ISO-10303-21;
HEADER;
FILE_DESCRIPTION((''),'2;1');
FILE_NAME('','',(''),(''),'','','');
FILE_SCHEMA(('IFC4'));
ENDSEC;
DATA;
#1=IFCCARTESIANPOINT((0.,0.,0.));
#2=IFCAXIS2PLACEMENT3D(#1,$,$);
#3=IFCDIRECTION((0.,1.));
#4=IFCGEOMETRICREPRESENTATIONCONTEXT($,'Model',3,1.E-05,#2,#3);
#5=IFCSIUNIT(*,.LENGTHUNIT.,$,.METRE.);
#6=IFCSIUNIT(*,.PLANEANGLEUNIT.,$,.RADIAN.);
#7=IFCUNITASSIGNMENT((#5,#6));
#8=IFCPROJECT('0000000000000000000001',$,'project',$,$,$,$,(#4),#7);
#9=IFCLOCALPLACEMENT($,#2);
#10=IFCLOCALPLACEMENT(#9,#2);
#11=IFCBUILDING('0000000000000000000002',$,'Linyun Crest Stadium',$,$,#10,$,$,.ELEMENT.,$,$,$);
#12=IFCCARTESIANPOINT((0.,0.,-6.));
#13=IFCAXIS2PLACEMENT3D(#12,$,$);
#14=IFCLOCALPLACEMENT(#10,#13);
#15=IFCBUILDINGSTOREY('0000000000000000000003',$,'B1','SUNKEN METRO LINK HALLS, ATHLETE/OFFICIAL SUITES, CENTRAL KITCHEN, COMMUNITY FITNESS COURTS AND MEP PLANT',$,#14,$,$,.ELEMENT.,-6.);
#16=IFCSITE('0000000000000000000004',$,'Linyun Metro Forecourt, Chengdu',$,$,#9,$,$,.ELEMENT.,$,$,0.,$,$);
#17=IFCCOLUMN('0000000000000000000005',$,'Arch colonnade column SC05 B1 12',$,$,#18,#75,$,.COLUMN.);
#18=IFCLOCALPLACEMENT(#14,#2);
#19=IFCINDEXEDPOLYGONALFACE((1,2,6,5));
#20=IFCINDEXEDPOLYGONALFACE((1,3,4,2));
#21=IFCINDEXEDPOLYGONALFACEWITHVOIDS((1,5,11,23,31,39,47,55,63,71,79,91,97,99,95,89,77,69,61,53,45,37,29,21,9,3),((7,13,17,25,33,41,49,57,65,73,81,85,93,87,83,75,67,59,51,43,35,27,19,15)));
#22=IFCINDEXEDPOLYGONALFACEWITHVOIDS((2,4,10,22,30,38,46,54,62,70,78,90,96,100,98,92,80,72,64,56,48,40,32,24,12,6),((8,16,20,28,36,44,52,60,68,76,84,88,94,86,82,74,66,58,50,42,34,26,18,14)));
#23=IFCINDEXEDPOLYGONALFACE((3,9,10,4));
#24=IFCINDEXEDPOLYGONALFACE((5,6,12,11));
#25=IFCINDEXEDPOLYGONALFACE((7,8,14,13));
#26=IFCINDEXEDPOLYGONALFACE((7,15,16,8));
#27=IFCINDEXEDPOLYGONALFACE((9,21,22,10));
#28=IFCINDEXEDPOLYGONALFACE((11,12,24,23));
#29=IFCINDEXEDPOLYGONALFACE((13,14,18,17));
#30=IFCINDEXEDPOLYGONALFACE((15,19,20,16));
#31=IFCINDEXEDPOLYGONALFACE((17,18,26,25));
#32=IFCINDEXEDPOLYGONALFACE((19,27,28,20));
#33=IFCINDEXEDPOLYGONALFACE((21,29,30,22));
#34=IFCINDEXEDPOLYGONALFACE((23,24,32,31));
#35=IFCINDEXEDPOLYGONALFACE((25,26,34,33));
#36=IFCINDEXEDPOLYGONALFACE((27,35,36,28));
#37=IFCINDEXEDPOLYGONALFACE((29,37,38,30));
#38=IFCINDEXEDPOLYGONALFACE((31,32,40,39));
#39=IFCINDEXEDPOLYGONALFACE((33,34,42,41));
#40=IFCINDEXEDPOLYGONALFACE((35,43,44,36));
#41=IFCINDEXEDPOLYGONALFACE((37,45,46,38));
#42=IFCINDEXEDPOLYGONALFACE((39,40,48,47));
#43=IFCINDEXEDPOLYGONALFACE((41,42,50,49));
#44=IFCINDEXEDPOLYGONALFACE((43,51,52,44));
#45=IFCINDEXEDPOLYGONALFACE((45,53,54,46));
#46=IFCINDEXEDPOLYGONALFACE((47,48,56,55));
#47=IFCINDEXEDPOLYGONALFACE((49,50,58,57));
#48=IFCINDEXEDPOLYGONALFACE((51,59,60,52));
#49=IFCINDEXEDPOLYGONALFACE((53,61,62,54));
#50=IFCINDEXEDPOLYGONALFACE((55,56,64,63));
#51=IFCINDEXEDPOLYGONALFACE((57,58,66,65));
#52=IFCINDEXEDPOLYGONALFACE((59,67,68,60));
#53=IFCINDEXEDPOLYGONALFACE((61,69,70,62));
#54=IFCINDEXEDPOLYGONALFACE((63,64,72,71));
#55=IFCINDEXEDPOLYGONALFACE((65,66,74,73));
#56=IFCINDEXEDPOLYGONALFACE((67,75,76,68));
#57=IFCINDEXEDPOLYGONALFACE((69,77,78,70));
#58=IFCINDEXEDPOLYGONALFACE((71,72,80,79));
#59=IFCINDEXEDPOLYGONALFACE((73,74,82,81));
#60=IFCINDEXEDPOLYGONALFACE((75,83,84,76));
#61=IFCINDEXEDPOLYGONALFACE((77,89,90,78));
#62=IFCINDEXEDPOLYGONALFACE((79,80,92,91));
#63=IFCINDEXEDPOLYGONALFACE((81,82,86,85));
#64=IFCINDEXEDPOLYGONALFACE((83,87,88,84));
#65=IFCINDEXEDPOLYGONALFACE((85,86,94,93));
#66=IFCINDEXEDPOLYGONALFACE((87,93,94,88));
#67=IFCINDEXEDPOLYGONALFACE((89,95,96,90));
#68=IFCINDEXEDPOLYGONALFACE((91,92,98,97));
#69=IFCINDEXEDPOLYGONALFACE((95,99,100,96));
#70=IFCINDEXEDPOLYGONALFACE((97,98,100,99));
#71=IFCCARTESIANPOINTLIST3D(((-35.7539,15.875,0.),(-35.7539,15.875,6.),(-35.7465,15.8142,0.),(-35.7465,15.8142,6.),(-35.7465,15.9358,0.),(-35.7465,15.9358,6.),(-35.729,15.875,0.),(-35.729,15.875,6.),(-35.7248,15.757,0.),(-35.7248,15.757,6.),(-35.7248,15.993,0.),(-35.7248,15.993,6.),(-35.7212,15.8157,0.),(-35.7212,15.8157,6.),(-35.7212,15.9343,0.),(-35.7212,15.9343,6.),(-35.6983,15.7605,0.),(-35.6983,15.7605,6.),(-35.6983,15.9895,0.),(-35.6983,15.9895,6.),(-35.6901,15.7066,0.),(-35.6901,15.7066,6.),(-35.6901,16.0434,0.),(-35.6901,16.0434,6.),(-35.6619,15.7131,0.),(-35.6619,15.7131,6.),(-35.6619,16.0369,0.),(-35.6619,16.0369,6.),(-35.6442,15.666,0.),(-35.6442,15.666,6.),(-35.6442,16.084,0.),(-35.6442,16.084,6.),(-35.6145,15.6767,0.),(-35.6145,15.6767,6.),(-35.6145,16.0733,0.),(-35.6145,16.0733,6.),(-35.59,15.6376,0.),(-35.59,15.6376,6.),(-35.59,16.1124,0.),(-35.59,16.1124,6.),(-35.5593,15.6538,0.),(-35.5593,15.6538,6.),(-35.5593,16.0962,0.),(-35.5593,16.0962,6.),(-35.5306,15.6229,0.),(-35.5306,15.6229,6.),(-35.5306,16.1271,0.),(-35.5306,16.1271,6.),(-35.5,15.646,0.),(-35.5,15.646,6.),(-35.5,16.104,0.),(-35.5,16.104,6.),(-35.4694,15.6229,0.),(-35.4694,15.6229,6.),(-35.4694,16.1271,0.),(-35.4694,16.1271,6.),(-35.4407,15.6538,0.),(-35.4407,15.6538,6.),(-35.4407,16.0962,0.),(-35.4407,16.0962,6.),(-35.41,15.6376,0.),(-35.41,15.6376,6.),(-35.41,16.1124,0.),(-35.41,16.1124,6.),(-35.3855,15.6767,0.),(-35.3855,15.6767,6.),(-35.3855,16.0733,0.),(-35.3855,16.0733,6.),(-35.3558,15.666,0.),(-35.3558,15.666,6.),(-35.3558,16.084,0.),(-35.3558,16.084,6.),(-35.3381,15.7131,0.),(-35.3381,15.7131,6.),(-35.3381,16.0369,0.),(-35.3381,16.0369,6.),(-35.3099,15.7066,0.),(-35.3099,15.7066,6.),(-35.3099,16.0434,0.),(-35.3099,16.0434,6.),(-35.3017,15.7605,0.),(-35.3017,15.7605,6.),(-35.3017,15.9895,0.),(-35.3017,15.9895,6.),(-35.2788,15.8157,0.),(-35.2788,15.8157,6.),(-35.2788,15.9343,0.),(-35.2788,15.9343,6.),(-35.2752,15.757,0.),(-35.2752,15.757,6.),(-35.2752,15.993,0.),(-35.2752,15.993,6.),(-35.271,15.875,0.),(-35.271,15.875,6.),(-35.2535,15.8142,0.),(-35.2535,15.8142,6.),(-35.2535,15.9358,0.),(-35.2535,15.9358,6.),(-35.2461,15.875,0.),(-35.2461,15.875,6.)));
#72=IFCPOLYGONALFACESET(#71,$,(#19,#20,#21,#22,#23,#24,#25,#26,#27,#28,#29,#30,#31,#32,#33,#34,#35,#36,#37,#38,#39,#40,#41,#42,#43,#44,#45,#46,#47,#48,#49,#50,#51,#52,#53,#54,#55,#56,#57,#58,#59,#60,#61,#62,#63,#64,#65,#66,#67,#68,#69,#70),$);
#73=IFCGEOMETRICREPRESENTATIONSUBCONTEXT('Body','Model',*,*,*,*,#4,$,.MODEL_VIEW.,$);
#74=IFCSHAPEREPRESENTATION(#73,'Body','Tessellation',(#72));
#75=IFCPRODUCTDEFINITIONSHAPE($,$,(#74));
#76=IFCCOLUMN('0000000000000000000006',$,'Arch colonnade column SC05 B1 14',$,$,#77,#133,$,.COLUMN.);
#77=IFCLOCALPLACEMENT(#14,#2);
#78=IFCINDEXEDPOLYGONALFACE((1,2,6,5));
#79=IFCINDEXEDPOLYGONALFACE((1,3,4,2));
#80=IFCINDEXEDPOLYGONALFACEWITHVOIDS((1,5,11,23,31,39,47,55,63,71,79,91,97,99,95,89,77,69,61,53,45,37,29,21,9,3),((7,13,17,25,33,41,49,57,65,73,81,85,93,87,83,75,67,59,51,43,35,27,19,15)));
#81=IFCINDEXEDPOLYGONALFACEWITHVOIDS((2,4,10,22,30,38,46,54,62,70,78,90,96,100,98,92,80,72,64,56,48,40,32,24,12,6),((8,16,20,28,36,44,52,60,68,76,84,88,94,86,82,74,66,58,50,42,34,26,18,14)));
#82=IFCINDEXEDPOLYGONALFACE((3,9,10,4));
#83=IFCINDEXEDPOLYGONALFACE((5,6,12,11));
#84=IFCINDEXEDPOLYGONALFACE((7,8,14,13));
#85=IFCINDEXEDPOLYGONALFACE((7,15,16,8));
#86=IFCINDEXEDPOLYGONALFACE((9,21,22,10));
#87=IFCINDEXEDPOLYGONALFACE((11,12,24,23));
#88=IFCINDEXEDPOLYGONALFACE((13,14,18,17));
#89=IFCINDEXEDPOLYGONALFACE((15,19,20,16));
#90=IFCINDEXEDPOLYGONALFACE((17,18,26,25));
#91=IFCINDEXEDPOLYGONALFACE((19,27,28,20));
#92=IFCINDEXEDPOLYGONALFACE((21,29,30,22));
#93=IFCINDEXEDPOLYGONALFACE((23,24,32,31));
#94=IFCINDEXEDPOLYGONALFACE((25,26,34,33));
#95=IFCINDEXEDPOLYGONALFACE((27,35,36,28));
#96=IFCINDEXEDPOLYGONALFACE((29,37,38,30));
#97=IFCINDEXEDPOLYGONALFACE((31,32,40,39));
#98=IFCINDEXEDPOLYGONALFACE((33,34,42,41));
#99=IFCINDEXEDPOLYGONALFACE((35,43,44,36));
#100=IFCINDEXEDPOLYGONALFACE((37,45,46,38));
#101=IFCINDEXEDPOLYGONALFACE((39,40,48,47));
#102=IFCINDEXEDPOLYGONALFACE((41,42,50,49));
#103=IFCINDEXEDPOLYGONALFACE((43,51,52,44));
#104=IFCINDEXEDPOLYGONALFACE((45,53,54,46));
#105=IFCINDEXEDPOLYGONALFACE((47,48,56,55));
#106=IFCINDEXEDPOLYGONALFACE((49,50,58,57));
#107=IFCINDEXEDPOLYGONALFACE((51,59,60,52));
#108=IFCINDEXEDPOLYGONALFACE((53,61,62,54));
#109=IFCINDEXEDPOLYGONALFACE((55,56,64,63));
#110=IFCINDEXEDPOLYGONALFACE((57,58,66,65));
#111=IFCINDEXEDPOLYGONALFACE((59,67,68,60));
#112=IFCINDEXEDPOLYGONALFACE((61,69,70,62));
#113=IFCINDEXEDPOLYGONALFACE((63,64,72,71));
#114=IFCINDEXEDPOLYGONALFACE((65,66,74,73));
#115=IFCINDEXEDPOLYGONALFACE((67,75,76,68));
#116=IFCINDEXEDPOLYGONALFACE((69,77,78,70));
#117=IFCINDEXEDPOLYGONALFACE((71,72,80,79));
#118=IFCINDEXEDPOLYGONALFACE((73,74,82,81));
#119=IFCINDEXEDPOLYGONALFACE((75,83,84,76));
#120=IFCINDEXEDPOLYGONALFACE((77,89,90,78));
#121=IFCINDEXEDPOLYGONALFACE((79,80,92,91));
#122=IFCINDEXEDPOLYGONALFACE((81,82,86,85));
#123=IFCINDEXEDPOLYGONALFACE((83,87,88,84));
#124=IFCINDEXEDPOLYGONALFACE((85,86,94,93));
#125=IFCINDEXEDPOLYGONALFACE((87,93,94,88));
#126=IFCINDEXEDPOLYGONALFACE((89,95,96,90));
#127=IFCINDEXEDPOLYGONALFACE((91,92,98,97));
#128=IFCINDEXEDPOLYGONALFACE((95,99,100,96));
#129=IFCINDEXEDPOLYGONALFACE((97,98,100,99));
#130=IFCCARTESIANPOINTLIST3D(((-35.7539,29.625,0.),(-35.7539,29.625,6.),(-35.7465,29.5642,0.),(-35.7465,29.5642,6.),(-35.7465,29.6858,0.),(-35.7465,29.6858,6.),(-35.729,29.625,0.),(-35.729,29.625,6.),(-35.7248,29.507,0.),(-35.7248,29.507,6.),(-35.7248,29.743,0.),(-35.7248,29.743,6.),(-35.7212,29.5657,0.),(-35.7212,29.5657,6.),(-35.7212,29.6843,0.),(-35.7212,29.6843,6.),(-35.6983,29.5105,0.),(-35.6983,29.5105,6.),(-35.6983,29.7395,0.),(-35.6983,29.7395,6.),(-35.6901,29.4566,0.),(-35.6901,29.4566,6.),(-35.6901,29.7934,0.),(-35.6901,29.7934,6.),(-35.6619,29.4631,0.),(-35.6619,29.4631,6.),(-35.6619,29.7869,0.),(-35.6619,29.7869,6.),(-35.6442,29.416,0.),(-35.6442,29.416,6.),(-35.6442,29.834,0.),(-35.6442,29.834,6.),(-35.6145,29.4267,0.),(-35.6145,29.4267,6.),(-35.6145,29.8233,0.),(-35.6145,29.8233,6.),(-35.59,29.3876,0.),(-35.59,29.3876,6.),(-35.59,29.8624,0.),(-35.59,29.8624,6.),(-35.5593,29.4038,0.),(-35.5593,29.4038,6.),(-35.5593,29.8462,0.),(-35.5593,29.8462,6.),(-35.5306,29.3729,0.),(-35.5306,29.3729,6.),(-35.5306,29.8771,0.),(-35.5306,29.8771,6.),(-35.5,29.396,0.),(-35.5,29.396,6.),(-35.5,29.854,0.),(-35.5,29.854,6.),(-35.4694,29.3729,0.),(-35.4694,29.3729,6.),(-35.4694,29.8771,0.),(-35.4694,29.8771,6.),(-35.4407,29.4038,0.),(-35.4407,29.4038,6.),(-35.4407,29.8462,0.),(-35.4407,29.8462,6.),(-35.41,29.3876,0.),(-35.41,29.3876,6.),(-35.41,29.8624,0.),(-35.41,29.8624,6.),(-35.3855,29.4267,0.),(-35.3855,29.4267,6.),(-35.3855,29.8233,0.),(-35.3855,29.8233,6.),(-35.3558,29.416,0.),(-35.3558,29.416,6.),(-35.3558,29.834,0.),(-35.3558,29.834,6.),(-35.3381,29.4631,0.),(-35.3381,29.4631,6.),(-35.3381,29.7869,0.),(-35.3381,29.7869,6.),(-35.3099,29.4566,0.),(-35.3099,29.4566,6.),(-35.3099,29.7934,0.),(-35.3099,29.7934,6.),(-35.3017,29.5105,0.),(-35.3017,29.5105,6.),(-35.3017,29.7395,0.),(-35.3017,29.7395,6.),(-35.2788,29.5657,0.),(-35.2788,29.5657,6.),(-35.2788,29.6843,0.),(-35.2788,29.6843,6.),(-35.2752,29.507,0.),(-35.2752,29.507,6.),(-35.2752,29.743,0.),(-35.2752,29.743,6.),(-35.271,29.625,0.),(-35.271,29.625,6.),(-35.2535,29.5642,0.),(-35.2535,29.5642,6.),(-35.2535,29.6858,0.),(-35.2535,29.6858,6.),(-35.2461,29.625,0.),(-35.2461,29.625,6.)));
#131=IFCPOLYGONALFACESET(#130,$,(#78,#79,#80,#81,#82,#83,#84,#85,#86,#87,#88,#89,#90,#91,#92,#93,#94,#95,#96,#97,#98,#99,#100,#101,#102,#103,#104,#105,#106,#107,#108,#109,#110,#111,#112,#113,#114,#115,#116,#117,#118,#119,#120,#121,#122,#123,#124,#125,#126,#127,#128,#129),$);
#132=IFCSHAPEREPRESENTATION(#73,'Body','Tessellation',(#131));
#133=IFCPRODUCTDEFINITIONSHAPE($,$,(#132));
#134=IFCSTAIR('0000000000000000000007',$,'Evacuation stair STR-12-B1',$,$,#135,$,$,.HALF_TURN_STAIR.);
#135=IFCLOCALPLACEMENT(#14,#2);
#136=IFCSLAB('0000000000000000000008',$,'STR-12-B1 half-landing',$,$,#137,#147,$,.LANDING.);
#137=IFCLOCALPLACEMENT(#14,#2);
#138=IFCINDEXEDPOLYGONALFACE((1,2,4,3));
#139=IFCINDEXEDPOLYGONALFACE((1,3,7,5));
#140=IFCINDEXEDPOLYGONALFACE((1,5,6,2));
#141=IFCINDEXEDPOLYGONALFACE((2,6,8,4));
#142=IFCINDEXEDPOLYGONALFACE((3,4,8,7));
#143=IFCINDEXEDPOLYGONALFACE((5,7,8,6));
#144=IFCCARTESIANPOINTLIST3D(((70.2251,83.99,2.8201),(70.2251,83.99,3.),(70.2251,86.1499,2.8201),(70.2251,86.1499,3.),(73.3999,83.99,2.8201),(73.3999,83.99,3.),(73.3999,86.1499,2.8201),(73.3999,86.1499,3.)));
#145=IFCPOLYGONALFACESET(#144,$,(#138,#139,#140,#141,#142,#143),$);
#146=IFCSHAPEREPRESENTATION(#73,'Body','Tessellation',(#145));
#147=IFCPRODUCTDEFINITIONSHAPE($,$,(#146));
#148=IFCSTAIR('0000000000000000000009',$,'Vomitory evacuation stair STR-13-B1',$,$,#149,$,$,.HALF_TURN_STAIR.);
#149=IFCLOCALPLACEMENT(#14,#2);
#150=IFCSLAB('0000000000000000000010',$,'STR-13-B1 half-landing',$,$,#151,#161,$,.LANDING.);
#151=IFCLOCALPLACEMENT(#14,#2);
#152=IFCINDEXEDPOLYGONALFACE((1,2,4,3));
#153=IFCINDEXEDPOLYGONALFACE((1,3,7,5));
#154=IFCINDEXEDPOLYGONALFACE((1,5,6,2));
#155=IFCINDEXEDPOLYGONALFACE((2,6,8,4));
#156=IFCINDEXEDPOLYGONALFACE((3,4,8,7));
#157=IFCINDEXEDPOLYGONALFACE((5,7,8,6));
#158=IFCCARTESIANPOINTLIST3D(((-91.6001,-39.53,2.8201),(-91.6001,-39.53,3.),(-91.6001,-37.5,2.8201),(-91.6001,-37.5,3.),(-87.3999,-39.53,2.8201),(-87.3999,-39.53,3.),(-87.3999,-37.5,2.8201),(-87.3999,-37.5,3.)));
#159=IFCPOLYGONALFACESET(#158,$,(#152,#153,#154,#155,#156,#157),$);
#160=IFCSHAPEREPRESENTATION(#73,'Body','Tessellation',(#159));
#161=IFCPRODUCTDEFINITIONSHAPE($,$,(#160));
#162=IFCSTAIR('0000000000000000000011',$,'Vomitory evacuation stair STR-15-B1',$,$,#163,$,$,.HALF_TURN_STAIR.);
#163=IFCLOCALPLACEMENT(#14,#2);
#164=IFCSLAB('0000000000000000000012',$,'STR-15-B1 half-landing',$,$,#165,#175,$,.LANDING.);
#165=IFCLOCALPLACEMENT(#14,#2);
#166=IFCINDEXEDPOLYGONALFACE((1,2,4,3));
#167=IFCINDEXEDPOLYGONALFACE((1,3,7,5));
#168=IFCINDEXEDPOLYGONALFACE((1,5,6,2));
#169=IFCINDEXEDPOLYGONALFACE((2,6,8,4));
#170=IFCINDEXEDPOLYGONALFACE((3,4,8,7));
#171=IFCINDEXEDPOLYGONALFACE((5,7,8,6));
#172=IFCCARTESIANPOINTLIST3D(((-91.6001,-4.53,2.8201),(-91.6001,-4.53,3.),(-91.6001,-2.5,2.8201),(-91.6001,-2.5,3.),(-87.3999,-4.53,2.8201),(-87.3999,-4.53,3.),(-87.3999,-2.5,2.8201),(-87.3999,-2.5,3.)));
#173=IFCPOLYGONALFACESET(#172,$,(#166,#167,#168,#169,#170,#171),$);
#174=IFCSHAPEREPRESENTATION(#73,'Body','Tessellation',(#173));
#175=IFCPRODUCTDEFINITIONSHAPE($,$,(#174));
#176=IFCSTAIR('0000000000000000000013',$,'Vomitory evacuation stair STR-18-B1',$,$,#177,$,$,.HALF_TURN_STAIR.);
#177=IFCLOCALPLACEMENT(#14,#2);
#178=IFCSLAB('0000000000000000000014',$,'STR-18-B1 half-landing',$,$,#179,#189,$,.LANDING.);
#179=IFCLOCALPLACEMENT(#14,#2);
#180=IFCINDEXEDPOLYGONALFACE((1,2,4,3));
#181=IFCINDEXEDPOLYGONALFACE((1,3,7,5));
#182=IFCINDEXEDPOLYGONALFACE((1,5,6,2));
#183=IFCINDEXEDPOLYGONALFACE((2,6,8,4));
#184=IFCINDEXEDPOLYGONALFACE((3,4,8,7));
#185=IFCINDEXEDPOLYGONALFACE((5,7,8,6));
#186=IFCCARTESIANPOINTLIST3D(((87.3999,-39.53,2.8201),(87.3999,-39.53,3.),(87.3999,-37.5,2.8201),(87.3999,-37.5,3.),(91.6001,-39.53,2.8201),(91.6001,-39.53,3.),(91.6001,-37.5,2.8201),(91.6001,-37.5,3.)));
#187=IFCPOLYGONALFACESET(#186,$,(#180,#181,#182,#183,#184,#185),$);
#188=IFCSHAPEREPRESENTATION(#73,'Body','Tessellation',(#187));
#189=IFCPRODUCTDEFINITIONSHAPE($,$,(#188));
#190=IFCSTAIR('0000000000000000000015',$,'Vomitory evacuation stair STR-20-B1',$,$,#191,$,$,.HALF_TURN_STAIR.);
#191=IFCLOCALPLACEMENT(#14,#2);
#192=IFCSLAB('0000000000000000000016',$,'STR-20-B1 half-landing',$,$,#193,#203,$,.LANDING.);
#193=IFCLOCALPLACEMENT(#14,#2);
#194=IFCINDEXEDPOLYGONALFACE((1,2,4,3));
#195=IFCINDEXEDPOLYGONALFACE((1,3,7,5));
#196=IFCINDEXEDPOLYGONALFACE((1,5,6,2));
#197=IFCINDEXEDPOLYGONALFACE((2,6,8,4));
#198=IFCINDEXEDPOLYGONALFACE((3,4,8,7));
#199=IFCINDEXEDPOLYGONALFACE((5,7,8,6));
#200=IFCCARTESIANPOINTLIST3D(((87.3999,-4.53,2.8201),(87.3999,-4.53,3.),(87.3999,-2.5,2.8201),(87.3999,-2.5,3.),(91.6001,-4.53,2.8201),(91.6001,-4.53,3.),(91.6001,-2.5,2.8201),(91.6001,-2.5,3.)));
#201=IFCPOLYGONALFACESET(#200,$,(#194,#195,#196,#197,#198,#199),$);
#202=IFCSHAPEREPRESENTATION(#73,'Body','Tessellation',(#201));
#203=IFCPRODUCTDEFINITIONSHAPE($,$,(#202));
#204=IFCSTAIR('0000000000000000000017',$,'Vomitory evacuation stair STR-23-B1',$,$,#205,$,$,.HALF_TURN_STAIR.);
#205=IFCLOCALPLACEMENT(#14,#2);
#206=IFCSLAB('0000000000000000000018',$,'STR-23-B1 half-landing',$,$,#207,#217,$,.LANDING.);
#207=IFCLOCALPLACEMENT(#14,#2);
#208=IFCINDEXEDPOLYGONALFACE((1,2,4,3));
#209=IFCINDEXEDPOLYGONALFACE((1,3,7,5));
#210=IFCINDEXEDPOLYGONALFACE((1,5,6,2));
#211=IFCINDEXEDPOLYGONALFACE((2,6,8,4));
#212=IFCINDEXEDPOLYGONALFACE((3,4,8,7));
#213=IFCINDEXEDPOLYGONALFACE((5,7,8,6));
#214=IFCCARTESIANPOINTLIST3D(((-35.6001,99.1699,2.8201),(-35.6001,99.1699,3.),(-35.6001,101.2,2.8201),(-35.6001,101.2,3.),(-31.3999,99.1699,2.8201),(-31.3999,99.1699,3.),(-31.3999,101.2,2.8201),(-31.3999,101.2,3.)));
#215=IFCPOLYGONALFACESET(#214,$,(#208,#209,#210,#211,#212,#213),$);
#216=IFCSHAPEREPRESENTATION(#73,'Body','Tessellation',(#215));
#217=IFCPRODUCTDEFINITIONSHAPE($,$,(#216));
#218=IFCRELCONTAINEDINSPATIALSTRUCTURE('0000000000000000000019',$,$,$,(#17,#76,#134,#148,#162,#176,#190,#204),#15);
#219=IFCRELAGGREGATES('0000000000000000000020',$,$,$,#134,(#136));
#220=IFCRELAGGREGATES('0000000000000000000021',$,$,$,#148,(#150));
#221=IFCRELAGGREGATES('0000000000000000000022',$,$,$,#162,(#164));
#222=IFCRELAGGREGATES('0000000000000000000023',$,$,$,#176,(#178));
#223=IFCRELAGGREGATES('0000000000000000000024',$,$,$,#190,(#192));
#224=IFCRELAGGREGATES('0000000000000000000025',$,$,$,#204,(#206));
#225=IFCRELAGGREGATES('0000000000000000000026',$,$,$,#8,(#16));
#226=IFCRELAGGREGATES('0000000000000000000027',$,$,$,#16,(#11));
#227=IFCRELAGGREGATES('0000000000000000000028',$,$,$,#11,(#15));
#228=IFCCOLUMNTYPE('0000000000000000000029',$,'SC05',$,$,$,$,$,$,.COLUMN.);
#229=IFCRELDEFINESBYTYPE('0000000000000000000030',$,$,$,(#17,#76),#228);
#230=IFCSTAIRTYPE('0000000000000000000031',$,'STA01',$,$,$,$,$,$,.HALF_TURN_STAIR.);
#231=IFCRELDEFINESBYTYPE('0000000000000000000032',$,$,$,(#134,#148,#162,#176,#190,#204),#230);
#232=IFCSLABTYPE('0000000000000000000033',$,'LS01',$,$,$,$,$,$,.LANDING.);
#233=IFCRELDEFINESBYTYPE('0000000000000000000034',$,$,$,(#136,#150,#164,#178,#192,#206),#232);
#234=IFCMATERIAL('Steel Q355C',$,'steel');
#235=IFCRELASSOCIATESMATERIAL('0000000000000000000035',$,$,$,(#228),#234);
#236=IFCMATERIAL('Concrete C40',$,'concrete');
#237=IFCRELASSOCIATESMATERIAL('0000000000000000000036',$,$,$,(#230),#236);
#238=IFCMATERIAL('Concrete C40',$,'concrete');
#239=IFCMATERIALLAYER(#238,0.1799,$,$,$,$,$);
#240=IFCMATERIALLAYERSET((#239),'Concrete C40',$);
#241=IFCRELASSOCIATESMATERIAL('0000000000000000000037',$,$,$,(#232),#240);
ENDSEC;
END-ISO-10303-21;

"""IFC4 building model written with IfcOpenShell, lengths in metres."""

from ifc_helpers import new_model, si_unit, direction, frame, origin, origin_2d, place, context, subcontext, project, spatial, polyline, hollow_circle, outline, extrude, material, layer, layer_set, material_profile, profile_set, type_object, element, aggregate, save


model = new_model("IFC4")

# Units and contexts
model_context = context("Model", 3, precision=1e-05, world=origin(), true_north=direction((0.0, 1.0)))
body_context = subcontext(model_context, "Body", "Model", "MODEL_VIEW")
ifc_project = project(units=[si_unit("LENGTHUNIT", "METRE"), si_unit("PLANEANGLEUNIT", "RADIAN")], contexts=[model_context])

# Site, building, storey
site_placement = place(None, origin())
site = spatial("IfcSite", under=ifc_project, at=site_placement, Name="Linyun Metro Forecourt, Chengdu", CompositionType="ELEMENT", RefElevation=0.0)
building_placement = place(site_placement, origin())
building = spatial("IfcBuilding", under=site, at=building_placement, Name="Linyun Crest Stadium", CompositionType="ELEMENT")
storey_placement = place(building_placement, frame((0.0, 0.0, -6.0)))
storey = spatial("IfcBuildingStorey", under=building, at=storey_placement, Name="B1", Description="SUNKEN METRO LINK HALLS, ATHLETE/OFFICIAL SUITES, CENTRAL KITCHEN, COMMUNITY FITNESS COURTS AND MEP PLANT", CompositionType="ELEMENT", Elevation=-6.0)

# Columns
ifc_material_1 = material(Name="Steel Q355C", Category="steel")
ifc_material_profile_1 = material_profile(ifc_material_1, hollow_circle(Radius=0.2539, WallThickness=0.0249, at=origin_2d()), Name="CHS 508x25")
ifc_profile_set_1 = profile_set([ifc_material_profile_1], Name="Steel Q355C")
column_type = type_object("IfcColumnType", Name="SC05", PredefinedType="COLUMN", material=ifc_profile_set_1)
for number, where, z_axis, x_axis, name in (
    (1, (-35.5, 15.875, 0.0), (0.0, 0.0, 1.0), (1.0, 0.0, 0.0), "Arch colonnade column SC05 B1 12"),
    (2, (-35.5, 29.625, 0.0), (0.0, 0.0, 1.0), (1.0, 0.0, 0.0), "Arch colonnade column SC05 B1 14"),
):
    element("IfcColumn", number, at=place(storey_placement, frame(where, z_axis=z_axis, x_axis=x_axis)), inside=storey, type_object=column_type, Name=name, PredefinedType="COLUMN", context=body_context, shape_type="SweptSolid", body=[
        extrude(hollow_circle(Radius=0.2539, WallThickness=0.0249, at=origin_2d()), origin(), (0.0, 0.0, 1.0), 6.0),
    ])

# Stairs, slabs
ifc_material_2 = material(Name="Concrete C40", Category="concrete")
stair_type = type_object("IfcStairType", Name="STA01", PredefinedType="HALF_TURN_STAIR", material=ifc_material_2)
stair_1_placement = place(storey_placement, origin())
stair_1 = element("IfcStair", 3, at=stair_1_placement, inside=storey, type_object=stair_type, Name="Evacuation stair STR-12-B1", PredefinedType="HALF_TURN_STAIR")
ifc_material_3 = material(Name="Concrete C40", Category="concrete")
ifc_layer = layer(ifc_material_3, 0.1799)
ifc_layer_set = layer_set([ifc_layer], Name="Concrete C40")
slab_type = type_object("IfcSlabType", Name="LS01", PredefinedType="LANDING", material=ifc_layer_set)
slab_1_placement = place(storey_placement, frame((0.0, 0.0, 2.8201)))
slab_1 = element("IfcSlab", 4, at=slab_1_placement, type_object=slab_type, Name="STR-12-B1 half-landing", PredefinedType="LANDING", context=body_context, shape_type="SweptSolid", body=[
    extrude(outline(polyline([(70.2251, 83.99), (73.3999, 83.99), (73.3999, 86.1499), (70.2251, 86.1499), (70.2251, 83.99)])), origin(), (0.0, 0.0, 1.0), 0.1799),
])
aggregate(stair_1, [slab_1])
stair_2_placement = place(storey_placement, origin())
stair_2 = element("IfcStair", 5, at=stair_2_placement, inside=storey, type_object=stair_type, Name="Vomitory evacuation stair STR-13-B1", PredefinedType="HALF_TURN_STAIR")
slab_2_placement = place(storey_placement, frame((0.0, 0.0, 2.8201)))
slab_2 = element("IfcSlab", 6, at=slab_2_placement, type_object=slab_type, Name="STR-13-B1 half-landing", PredefinedType="LANDING", context=body_context, shape_type="SweptSolid", body=[
    extrude(outline(polyline([(-91.6001, -39.53), (-87.3999, -39.53), (-87.3999, -37.5), (-91.6001, -37.5), (-91.6001, -39.53)])), origin(), (0.0, 0.0, 1.0), 0.1799),
])
aggregate(stair_2, [slab_2])
stair_3_placement = place(storey_placement, origin())
stair_3 = element("IfcStair", 7, at=stair_3_placement, inside=storey, type_object=stair_type, Name="Vomitory evacuation stair STR-15-B1", PredefinedType="HALF_TURN_STAIR")
slab_3_placement = place(storey_placement, frame((0.0, 0.0, 2.8201)))
slab_3 = element("IfcSlab", 8, at=slab_3_placement, type_object=slab_type, Name="STR-15-B1 half-landing", PredefinedType="LANDING", context=body_context, shape_type="SweptSolid", body=[
    extrude(outline(polyline([(-91.6001, -4.53), (-87.3999, -4.53), (-87.3999, -2.5), (-91.6001, -2.5), (-91.6001, -4.53)])), origin(), (0.0, 0.0, 1.0), 0.1799),
])
aggregate(stair_3, [slab_3])
stair_4_placement = place(storey_placement, origin())
stair_4 = element("IfcStair", 9, at=stair_4_placement, inside=storey, type_object=stair_type, Name="Vomitory evacuation stair STR-18-B1", PredefinedType="HALF_TURN_STAIR")
slab_4_placement = place(storey_placement, frame((0.0, 0.0, 2.8201)))
slab_4 = element("IfcSlab", 10, at=slab_4_placement, type_object=slab_type, Name="STR-18-B1 half-landing", PredefinedType="LANDING", context=body_context, shape_type="SweptSolid", body=[
    extrude(outline(polyline([(87.3999, -39.53), (91.6001, -39.53), (91.6001, -37.5), (87.3999, -37.5), (87.3999, -39.53)])), origin(), (0.0, 0.0, 1.0), 0.1799),
])
aggregate(stair_4, [slab_4])
stair_5_placement = place(storey_placement, origin())
stair_5 = element("IfcStair", 11, at=stair_5_placement, inside=storey, type_object=stair_type, Name="Vomitory evacuation stair STR-20-B1", PredefinedType="HALF_TURN_STAIR")
slab_5_placement = place(storey_placement, frame((0.0, 0.0, 2.8201)))
slab_5 = element("IfcSlab", 12, at=slab_5_placement, type_object=slab_type, Name="STR-20-B1 half-landing", PredefinedType="LANDING", context=body_context, shape_type="SweptSolid", body=[
    extrude(outline(polyline([(87.3999, -4.53), (91.6001, -4.53), (91.6001, -2.5), (87.3999, -2.5), (87.3999, -4.53)])), origin(), (0.0, 0.0, 1.0), 0.1799),
])
aggregate(stair_5, [slab_5])
stair_6_placement = place(storey_placement, origin())
stair_6 = element("IfcStair", 13, at=stair_6_placement, inside=storey, type_object=stair_type, Name="Vomitory evacuation stair STR-23-B1", PredefinedType="HALF_TURN_STAIR")
slab_6_placement = place(storey_placement, frame((0.0, 0.0, 2.8201)))
slab_6 = element("IfcSlab", 14, at=slab_6_placement, type_object=slab_type, Name="STR-23-B1 half-landing", PredefinedType="LANDING", context=body_context, shape_type="SweptSolid", body=[
    extrude(outline(polyline([(-35.6001, 99.1699), (-31.3999, 99.1699), (-31.3999, 101.2), (-35.6001, 101.2), (-35.6001, 99.1699)])), origin(), (0.0, 0.0, 1.0), 0.1799),
])
aggregate(stair_6, [slab_6])

save(model, "model.ifc")
